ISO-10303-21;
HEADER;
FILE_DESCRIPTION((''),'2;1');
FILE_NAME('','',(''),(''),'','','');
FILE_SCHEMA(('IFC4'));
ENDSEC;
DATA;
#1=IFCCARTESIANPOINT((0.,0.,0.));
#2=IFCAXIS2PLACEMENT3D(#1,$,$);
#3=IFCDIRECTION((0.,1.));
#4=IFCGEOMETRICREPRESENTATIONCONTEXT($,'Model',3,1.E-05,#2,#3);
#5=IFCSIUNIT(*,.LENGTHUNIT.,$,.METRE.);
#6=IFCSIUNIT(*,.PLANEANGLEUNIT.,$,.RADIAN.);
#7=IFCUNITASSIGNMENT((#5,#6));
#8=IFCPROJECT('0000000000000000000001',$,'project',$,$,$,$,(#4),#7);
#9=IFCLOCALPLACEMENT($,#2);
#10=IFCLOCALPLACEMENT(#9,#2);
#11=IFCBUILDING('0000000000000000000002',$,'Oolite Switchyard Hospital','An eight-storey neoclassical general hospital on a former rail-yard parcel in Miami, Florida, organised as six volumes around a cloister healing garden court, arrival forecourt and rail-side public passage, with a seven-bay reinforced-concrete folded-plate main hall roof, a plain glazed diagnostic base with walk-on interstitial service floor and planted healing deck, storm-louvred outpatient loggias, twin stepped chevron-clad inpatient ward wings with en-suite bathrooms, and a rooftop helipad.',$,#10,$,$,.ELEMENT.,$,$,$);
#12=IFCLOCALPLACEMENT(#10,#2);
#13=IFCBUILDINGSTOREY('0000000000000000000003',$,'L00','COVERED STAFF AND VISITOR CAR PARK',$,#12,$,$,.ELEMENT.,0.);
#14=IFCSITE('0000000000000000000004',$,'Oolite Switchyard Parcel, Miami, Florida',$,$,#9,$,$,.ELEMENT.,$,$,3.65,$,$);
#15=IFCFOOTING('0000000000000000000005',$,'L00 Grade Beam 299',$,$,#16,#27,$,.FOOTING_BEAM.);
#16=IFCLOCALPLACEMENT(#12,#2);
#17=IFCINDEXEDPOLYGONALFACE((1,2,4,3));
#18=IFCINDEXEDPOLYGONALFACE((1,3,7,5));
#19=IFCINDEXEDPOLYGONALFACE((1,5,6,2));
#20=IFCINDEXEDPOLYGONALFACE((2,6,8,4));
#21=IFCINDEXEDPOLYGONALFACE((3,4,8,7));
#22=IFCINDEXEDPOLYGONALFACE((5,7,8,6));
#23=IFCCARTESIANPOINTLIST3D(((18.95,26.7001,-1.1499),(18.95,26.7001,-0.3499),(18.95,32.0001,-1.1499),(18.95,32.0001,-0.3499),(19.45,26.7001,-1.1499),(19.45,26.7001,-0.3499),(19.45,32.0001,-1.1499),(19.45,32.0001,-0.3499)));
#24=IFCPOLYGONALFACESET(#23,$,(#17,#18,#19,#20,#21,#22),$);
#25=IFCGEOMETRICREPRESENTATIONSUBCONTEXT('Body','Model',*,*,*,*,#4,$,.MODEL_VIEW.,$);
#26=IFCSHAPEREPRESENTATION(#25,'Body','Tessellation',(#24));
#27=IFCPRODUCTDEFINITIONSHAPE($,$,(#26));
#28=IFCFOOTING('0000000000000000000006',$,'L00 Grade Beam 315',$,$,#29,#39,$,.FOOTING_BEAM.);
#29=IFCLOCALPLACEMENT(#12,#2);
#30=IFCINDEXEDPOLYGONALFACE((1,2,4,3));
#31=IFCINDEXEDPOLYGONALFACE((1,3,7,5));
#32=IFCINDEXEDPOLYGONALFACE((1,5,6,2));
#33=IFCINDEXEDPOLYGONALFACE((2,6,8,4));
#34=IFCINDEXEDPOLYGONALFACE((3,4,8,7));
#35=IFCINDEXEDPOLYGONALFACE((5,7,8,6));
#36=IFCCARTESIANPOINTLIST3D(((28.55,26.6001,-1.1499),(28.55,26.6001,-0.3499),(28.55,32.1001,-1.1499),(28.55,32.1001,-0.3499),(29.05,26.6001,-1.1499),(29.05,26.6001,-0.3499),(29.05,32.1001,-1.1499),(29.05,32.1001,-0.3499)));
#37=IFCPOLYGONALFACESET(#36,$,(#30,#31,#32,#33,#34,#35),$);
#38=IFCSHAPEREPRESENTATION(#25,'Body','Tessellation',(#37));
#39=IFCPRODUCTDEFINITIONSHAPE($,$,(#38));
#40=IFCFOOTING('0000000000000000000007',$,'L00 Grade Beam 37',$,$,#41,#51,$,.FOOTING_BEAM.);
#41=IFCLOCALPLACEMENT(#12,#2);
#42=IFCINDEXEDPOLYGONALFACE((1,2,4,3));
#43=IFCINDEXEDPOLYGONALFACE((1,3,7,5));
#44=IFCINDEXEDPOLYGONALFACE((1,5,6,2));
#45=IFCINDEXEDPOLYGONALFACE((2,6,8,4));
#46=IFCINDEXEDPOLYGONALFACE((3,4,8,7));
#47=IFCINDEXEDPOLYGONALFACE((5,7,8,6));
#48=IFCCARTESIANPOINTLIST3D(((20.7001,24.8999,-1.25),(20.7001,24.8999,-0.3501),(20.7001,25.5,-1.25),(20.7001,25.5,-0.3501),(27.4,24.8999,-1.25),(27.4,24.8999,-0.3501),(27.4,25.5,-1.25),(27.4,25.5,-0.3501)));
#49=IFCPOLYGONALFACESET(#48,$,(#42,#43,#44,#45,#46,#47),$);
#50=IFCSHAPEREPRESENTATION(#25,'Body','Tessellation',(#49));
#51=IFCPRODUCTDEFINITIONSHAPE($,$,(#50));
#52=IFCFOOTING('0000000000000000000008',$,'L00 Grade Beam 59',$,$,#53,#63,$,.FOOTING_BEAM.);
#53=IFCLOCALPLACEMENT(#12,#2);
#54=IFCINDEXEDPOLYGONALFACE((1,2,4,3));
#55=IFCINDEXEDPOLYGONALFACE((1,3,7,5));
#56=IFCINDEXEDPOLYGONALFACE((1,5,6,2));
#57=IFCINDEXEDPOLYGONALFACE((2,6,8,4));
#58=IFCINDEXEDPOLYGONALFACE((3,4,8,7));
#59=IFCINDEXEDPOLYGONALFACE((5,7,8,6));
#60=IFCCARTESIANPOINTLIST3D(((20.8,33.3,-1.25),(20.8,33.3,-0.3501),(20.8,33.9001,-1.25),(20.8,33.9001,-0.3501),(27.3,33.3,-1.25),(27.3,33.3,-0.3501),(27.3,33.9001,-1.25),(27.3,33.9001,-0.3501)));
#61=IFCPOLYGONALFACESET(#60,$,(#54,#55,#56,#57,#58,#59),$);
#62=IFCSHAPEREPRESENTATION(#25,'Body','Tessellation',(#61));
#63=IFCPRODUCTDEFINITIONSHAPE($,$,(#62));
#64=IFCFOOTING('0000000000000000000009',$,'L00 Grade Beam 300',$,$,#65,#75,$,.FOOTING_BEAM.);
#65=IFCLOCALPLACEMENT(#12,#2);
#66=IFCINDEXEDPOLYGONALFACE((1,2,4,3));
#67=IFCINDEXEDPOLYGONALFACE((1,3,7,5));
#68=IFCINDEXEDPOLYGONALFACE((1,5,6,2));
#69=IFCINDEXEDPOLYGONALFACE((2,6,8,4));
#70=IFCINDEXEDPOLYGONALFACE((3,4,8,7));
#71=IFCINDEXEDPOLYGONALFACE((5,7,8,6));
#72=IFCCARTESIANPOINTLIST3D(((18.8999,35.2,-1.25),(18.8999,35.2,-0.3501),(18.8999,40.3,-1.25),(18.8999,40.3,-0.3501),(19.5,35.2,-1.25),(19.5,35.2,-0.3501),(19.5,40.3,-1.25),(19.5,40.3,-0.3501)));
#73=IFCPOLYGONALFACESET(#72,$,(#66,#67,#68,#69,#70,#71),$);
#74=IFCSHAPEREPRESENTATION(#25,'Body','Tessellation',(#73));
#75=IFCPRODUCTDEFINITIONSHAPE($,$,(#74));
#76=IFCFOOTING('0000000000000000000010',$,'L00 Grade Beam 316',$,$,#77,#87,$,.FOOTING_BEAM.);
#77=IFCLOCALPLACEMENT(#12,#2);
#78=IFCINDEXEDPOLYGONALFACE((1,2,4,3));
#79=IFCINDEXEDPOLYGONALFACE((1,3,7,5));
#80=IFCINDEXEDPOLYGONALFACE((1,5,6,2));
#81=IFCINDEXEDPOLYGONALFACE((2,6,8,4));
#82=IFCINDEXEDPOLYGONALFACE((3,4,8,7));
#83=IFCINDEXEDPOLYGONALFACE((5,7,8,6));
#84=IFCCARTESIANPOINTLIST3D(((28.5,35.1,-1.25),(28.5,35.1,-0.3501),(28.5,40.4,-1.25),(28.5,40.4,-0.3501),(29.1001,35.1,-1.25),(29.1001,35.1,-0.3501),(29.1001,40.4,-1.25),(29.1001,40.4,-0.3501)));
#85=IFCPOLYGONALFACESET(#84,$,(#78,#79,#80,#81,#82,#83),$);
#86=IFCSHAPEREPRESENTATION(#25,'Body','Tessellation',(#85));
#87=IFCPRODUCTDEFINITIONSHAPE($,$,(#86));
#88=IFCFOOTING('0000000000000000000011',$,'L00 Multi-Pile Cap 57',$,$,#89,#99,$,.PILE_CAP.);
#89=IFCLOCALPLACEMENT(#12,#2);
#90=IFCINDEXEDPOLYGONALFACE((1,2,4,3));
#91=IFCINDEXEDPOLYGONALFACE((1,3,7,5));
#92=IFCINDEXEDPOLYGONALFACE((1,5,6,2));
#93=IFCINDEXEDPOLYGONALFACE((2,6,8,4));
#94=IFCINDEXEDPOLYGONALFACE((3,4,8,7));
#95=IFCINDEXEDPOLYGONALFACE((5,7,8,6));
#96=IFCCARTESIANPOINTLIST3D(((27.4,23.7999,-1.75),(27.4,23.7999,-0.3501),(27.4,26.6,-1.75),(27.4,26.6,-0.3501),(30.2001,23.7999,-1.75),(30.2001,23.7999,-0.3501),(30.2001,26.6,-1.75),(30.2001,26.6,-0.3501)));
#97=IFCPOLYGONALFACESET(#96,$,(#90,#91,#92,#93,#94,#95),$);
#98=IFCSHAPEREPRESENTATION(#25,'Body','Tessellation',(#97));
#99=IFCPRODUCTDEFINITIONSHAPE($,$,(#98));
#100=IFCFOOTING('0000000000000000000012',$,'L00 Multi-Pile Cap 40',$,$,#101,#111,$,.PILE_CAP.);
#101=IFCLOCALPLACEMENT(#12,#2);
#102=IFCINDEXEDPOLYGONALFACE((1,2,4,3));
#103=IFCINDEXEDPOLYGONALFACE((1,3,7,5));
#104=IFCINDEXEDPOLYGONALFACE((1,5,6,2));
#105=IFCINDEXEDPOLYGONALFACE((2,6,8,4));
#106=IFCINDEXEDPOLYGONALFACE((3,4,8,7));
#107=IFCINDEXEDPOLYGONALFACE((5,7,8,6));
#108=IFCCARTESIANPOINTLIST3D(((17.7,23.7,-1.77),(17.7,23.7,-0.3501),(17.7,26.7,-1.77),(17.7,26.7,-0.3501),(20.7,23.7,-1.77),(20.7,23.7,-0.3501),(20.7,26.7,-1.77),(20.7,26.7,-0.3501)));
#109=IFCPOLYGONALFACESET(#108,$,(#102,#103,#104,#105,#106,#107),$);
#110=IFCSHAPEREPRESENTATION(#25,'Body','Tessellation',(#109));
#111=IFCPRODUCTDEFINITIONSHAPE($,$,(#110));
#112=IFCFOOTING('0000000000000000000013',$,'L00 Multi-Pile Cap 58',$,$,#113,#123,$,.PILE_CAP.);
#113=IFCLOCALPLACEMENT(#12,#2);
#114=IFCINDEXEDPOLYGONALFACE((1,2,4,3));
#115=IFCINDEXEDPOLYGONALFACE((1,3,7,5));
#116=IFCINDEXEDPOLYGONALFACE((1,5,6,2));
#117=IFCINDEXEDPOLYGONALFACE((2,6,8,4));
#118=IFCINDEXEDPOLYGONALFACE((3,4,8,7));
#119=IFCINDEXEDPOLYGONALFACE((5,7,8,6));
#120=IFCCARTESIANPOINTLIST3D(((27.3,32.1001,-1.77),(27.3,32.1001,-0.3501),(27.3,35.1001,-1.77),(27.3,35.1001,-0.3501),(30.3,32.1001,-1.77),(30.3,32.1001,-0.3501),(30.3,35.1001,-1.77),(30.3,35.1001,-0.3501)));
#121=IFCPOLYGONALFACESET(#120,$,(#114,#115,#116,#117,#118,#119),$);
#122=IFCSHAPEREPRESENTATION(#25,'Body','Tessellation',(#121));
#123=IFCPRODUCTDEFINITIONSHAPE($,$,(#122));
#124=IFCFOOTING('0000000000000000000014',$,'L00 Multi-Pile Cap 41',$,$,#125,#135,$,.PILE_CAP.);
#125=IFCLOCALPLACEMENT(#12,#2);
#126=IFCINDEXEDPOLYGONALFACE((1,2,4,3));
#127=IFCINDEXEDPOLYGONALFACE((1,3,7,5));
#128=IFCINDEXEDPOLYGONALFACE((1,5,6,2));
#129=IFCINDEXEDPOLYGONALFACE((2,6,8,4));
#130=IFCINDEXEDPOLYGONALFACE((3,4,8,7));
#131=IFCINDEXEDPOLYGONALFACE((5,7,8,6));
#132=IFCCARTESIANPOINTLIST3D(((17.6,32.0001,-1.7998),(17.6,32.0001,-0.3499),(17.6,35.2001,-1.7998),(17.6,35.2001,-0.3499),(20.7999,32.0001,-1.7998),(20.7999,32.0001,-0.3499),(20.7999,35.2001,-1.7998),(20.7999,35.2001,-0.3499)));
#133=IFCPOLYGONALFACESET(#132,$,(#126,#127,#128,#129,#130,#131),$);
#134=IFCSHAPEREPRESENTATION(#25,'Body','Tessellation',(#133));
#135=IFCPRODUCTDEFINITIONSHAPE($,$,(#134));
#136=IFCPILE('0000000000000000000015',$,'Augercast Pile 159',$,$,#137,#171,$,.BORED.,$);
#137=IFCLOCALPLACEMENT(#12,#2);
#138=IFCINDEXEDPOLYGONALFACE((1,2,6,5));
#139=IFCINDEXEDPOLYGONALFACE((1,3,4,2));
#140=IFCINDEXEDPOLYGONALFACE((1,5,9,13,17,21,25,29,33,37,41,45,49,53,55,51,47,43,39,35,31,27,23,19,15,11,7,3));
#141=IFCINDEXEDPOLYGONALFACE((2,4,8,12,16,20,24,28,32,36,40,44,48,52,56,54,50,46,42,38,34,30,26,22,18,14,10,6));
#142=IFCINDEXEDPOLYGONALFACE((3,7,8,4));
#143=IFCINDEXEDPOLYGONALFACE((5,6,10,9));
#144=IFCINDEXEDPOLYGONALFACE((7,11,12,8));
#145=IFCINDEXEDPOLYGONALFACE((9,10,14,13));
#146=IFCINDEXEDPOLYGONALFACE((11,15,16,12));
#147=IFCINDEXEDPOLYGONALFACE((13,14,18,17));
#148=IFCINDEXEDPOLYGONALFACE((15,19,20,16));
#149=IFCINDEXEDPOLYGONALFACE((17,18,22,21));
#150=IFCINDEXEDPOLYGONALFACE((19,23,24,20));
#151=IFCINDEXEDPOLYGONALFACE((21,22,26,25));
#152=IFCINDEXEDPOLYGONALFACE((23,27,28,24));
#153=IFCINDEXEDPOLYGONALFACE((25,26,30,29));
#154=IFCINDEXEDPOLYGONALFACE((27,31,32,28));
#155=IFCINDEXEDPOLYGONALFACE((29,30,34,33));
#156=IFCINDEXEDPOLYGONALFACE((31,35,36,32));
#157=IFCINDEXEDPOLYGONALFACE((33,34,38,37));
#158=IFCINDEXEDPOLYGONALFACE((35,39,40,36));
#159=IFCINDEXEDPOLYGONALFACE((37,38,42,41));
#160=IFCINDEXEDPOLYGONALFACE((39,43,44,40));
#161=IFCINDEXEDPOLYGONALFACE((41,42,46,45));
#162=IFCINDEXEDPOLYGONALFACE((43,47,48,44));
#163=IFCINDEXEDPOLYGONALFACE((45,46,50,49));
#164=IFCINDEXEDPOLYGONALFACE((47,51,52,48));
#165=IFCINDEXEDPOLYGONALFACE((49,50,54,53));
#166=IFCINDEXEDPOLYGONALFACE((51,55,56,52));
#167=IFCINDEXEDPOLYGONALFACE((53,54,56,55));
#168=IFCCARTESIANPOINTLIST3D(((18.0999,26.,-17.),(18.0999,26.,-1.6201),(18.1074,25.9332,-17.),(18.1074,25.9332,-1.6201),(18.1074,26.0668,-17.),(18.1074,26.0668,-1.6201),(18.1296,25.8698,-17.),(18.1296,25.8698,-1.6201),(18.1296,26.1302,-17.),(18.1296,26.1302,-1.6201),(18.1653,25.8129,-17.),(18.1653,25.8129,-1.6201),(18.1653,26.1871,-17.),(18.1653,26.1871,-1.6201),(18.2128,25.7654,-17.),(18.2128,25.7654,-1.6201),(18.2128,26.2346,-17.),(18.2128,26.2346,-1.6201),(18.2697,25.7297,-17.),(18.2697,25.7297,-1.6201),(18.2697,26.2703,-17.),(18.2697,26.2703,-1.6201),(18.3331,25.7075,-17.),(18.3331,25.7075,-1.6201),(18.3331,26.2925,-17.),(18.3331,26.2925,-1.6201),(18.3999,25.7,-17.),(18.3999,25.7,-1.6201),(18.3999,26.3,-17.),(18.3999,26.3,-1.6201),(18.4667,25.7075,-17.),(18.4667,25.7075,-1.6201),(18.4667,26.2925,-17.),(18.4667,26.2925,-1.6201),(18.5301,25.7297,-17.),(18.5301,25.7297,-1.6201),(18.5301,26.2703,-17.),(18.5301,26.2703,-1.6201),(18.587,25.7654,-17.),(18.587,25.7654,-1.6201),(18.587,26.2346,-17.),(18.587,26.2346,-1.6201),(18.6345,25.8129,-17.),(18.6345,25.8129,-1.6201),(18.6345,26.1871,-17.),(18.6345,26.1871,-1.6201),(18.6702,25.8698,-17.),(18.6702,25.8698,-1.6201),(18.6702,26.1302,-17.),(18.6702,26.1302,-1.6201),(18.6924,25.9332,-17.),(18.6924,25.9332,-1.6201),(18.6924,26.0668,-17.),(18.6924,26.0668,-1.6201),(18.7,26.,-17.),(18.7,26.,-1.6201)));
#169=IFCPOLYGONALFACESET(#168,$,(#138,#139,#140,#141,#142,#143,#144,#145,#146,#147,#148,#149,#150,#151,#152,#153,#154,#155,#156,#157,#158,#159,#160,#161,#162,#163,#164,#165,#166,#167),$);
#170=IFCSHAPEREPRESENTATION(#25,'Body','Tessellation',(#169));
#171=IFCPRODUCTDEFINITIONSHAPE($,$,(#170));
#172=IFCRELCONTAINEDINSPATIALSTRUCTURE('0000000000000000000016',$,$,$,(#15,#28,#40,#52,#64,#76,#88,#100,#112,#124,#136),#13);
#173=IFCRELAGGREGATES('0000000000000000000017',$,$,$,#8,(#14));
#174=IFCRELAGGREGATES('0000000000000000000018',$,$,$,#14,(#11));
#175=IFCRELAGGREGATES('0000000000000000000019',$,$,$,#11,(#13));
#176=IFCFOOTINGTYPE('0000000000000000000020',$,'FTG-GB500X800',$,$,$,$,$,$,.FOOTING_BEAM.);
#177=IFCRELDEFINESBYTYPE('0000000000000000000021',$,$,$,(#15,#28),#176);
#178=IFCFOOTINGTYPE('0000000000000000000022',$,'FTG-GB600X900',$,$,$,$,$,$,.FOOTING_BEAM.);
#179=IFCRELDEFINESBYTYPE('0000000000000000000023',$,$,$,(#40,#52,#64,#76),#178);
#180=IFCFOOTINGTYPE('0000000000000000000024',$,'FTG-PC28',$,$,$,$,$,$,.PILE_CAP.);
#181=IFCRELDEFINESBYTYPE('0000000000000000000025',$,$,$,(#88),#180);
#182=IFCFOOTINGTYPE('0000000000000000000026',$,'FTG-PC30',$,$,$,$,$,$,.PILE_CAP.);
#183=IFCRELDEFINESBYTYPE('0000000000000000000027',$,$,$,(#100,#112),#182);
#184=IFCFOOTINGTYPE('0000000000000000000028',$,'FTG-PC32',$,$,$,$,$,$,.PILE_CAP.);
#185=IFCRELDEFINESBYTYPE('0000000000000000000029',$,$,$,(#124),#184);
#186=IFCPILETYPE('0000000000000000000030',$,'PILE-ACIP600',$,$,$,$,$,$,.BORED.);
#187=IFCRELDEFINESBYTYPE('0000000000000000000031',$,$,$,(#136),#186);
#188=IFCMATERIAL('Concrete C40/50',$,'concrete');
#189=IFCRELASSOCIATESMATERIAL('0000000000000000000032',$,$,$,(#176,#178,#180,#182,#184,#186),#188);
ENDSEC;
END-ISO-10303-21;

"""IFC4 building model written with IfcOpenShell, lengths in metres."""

from ifc_helpers import new_model, si_unit, direction, frame, origin, origin_2d, place, context, subcontext, project, spatial, rectangle, circle, extrude, material, material_profile, profile_set, type_object, element, save


model = new_model("IFC4")

# Units and contexts
model_context = context("Model", 3, precision=1e-05, world=origin(), true_north=direction((0.0, 1.0)))
body_context = subcontext(model_context, "Body", "Model", "MODEL_VIEW")
ifc_project = project(units=[si_unit("LENGTHUNIT", "METRE"), si_unit("PLANEANGLEUNIT", "RADIAN")], contexts=[model_context])

# Site, building, storey
site_placement = place(None, origin())
site = spatial("IfcSite", under=ifc_project, at=site_placement, Name="Oolite Switchyard Parcel, Miami, Florida", CompositionType="ELEMENT", RefElevation=3.65)
building_placement = place(site_placement, origin())
building = spatial("IfcBuilding", under=site, at=building_placement, Name="Oolite Switchyard Hospital", Description="An eight-storey neoclassical general hospital on a former rail-yard parcel in Miami, Florida, organised as six volumes around a cloister healing garden court, arrival forecourt and rail-side public passage, with a seven-bay reinforced-concrete folded-plate main hall roof, a plain glazed diagnostic base with walk-on interstitial service floor and planted healing deck, storm-louvred outpatient loggias, twin stepped chevron-clad inpatient ward wings with en-suite bathrooms, and a rooftop helipad.", CompositionType="ELEMENT")
storey_placement = place(building_placement, origin())
storey = spatial("IfcBuildingStorey", under=building, at=storey_placement, Name="L00", Description="COVERED STAFF AND VISITOR CAR PARK", CompositionType="ELEMENT", Elevation=0.0)

# Footings
ifc_material_1 = material(Name="Concrete C40/50", Category="concrete")
footing_type_1 = type_object("IfcFootingType", Name="FTG-GB500X800", PredefinedType="FOOTING_BEAM", material=ifc_material_1)
footing_1_placement = place(storey_placement, frame((19.2, 29.3501, -1.1499), z_axis=(0.0, 0.0, 1.0), x_axis=(0.0, 1.0, 0.0)))
element("IfcFooting", 1, at=footing_1_placement, inside=storey, type_object=footing_type_1, Name="L00 Grade Beam 299", PredefinedType="FOOTING_BEAM", context=body_context, shape_type="SweptSolid", body=[
    extrude(rectangle(XDim=5.3, YDim=0.5, at=origin_2d()), origin(), (0.0, 0.0, 1.0), 0.8),
])
footing_2_placement = place(storey_placement, frame((28.8, 29.3501, -1.1499), z_axis=(0.0, 0.0, 1.0), x_axis=(0.0, 1.0, 0.0)))
element("IfcFooting", 2, at=footing_2_placement, inside=storey, type_object=footing_type_1, Name="L00 Grade Beam 315", PredefinedType="FOOTING_BEAM", context=body_context, shape_type="SweptSolid", body=[
    extrude(rectangle(XDim=5.5, YDim=0.5, at=origin_2d()), origin(), (0.0, 0.0, 1.0), 0.8),
])
footing_type_2 = type_object("IfcFootingType", Name="FTG-GB600X900", PredefinedType="FOOTING_BEAM", material=ifc_material_1)
footing_3_placement = place(storey_placement, frame((24.05, 25.2, -1.25), z_axis=(0.0, 0.0, 1.0), x_axis=(1.0, 0.0, 0.0)))
element("IfcFooting", 3, at=footing_3_placement, inside=storey, type_object=footing_type_2, Name="L00 Grade Beam 37", PredefinedType="FOOTING_BEAM", context=body_context, shape_type="SweptSolid", body=[
    extrude(rectangle(XDim=6.7, YDim=0.6001, at=origin_2d()), origin(), (0.0, 0.0, 1.0), 0.8999),
])
footing_4_placement = place(storey_placement, frame((24.05, 33.6001, -1.25), z_axis=(0.0, 0.0, 1.0), x_axis=(1.0, 0.0, 0.0)))
element("IfcFooting", 4, at=footing_4_placement, inside=storey, type_object=footing_type_2, Name="L00 Grade Beam 59", PredefinedType="FOOTING_BEAM", context=body_context, shape_type="SweptSolid", body=[
    extrude(rectangle(XDim=6.5, YDim=0.6001, at=origin_2d()), origin(), (0.0, 0.0, 1.0), 0.8999),
])
footing_5_placement = place(storey_placement, frame((19.2, 37.75, -1.25), z_axis=(0.0, 0.0, 1.0), x_axis=(0.0, 1.0, 0.0)))
element("IfcFooting", 5, at=footing_5_placement, inside=storey, type_object=footing_type_2, Name="L00 Grade Beam 300", PredefinedType="FOOTING_BEAM", context=body_context, shape_type="SweptSolid", body=[
    extrude(rectangle(XDim=5.1001, YDim=0.6001, at=origin_2d()), origin(), (0.0, 0.0, 1.0), 0.8999),
])
footing_6_placement = place(storey_placement, frame((28.8, 37.75, -1.25), z_axis=(0.0, 0.0, 1.0), x_axis=(0.0, 1.0, 0.0)))
element("IfcFooting", 6, at=footing_6_placement, inside=storey, type_object=footing_type_2, Name="L00 Grade Beam 316", PredefinedType="FOOTING_BEAM", context=body_context, shape_type="SweptSolid", body=[
    extrude(rectangle(XDim=5.3, YDim=0.6001, at=origin_2d()), origin(), (0.0, 0.0, 1.0), 0.8999),
])
footing_type_3 = type_object("IfcFootingType", Name="FTG-PC28", PredefinedType="PILE_CAP", material=ifc_material_1)
footing_7_placement = place(storey_placement, frame((28.8, 25.2, -1.75), z_axis=(0.0, 0.0, 1.0), x_axis=(1.0, 0.0, 0.0)))
element("IfcFooting", 7, at=footing_7_placement, inside=storey, type_object=footing_type_3, Name="L00 Multi-Pile Cap 57", PredefinedType="PILE_CAP", context=body_context, shape_type="SweptSolid", body=[
    extrude(rectangle(XDim=2.8, YDim=2.8, at=origin_2d()), origin(), (0.0, 0.0, 1.0), 1.3999),
])
footing_type_4 = type_object("IfcFootingType", Name="FTG-PC30", PredefinedType="PILE_CAP", material=ifc_material_1)
for number, where, z_axis, x_axis, name in (
    (8, (19.2, 25.2, -1.77), (0.0, 0.0, 1.0), (1.0, 0.0, 0.0), "L00 Multi-Pile Cap 40"),
    (9, (28.8, 33.6001, -1.77), (0.0, 0.0, 1.0), (1.0, 0.0, 0.0), "L00 Multi-Pile Cap 58"),
):
    element("IfcFooting", number, at=place(storey_placement, frame(where, z_axis=z_axis, x_axis=x_axis)), inside=storey, type_object=footing_type_4, Name=name, PredefinedType="PILE_CAP", context=body_context, shape_type="SweptSolid", body=[
        extrude(rectangle(XDim=3.0, YDim=3.0, at=origin_2d()), origin(), (0.0, 0.0, 1.0), 1.4199),
    ])
footing_type_5 = type_object("IfcFootingType", Name="FTG-PC32", PredefinedType="PILE_CAP", material=ifc_material_1)
footing_8_placement = place(storey_placement, frame((19.2, 33.6001, -1.7998), z_axis=(0.0, 0.0, 1.0), x_axis=(1.0, 0.0, 0.0)))
element("IfcFooting", 10, at=footing_8_placement, inside=storey, type_object=footing_type_5, Name="L00 Multi-Pile Cap 41", PredefinedType="PILE_CAP", context=body_context, shape_type="SweptSolid", body=[
    extrude(rectangle(XDim=3.2, YDim=3.2, at=origin_2d()), origin(), (0.0, 0.0, 1.0), 1.45),
])

# Pile
ifc_material_profile_1 = material_profile(ifc_material_1, circle(Radius=0.3, at=origin_2d()), Name="PILE600")
ifc_profile_set_1 = profile_set([ifc_material_profile_1], Name="Concrete C40/50")
pile_type = type_object("IfcPileType", Name="PILE-ACIP600", PredefinedType="BORED", material=ifc_profile_set_1)
for number, where, z_axis, x_axis, name in (
    (11, (18.3999, 26.0, -1.6201), (0.0, 0.0, -1.0), (1.0, 0.0, 0.0), "Augercast Pile 159"),
):
    element("IfcPile", number, at=place(storey_placement, frame(where, z_axis=z_axis, x_axis=x_axis)), inside=storey, type_object=pile_type, Name=name, PredefinedType="BORED", context=body_context, shape_type="SweptSolid", body=[
        extrude(circle(Radius=0.3, at=origin_2d()), origin(), (0.0, 0.0, 1.0), 15.3799),
    ])

save(model, "model.ifc")
